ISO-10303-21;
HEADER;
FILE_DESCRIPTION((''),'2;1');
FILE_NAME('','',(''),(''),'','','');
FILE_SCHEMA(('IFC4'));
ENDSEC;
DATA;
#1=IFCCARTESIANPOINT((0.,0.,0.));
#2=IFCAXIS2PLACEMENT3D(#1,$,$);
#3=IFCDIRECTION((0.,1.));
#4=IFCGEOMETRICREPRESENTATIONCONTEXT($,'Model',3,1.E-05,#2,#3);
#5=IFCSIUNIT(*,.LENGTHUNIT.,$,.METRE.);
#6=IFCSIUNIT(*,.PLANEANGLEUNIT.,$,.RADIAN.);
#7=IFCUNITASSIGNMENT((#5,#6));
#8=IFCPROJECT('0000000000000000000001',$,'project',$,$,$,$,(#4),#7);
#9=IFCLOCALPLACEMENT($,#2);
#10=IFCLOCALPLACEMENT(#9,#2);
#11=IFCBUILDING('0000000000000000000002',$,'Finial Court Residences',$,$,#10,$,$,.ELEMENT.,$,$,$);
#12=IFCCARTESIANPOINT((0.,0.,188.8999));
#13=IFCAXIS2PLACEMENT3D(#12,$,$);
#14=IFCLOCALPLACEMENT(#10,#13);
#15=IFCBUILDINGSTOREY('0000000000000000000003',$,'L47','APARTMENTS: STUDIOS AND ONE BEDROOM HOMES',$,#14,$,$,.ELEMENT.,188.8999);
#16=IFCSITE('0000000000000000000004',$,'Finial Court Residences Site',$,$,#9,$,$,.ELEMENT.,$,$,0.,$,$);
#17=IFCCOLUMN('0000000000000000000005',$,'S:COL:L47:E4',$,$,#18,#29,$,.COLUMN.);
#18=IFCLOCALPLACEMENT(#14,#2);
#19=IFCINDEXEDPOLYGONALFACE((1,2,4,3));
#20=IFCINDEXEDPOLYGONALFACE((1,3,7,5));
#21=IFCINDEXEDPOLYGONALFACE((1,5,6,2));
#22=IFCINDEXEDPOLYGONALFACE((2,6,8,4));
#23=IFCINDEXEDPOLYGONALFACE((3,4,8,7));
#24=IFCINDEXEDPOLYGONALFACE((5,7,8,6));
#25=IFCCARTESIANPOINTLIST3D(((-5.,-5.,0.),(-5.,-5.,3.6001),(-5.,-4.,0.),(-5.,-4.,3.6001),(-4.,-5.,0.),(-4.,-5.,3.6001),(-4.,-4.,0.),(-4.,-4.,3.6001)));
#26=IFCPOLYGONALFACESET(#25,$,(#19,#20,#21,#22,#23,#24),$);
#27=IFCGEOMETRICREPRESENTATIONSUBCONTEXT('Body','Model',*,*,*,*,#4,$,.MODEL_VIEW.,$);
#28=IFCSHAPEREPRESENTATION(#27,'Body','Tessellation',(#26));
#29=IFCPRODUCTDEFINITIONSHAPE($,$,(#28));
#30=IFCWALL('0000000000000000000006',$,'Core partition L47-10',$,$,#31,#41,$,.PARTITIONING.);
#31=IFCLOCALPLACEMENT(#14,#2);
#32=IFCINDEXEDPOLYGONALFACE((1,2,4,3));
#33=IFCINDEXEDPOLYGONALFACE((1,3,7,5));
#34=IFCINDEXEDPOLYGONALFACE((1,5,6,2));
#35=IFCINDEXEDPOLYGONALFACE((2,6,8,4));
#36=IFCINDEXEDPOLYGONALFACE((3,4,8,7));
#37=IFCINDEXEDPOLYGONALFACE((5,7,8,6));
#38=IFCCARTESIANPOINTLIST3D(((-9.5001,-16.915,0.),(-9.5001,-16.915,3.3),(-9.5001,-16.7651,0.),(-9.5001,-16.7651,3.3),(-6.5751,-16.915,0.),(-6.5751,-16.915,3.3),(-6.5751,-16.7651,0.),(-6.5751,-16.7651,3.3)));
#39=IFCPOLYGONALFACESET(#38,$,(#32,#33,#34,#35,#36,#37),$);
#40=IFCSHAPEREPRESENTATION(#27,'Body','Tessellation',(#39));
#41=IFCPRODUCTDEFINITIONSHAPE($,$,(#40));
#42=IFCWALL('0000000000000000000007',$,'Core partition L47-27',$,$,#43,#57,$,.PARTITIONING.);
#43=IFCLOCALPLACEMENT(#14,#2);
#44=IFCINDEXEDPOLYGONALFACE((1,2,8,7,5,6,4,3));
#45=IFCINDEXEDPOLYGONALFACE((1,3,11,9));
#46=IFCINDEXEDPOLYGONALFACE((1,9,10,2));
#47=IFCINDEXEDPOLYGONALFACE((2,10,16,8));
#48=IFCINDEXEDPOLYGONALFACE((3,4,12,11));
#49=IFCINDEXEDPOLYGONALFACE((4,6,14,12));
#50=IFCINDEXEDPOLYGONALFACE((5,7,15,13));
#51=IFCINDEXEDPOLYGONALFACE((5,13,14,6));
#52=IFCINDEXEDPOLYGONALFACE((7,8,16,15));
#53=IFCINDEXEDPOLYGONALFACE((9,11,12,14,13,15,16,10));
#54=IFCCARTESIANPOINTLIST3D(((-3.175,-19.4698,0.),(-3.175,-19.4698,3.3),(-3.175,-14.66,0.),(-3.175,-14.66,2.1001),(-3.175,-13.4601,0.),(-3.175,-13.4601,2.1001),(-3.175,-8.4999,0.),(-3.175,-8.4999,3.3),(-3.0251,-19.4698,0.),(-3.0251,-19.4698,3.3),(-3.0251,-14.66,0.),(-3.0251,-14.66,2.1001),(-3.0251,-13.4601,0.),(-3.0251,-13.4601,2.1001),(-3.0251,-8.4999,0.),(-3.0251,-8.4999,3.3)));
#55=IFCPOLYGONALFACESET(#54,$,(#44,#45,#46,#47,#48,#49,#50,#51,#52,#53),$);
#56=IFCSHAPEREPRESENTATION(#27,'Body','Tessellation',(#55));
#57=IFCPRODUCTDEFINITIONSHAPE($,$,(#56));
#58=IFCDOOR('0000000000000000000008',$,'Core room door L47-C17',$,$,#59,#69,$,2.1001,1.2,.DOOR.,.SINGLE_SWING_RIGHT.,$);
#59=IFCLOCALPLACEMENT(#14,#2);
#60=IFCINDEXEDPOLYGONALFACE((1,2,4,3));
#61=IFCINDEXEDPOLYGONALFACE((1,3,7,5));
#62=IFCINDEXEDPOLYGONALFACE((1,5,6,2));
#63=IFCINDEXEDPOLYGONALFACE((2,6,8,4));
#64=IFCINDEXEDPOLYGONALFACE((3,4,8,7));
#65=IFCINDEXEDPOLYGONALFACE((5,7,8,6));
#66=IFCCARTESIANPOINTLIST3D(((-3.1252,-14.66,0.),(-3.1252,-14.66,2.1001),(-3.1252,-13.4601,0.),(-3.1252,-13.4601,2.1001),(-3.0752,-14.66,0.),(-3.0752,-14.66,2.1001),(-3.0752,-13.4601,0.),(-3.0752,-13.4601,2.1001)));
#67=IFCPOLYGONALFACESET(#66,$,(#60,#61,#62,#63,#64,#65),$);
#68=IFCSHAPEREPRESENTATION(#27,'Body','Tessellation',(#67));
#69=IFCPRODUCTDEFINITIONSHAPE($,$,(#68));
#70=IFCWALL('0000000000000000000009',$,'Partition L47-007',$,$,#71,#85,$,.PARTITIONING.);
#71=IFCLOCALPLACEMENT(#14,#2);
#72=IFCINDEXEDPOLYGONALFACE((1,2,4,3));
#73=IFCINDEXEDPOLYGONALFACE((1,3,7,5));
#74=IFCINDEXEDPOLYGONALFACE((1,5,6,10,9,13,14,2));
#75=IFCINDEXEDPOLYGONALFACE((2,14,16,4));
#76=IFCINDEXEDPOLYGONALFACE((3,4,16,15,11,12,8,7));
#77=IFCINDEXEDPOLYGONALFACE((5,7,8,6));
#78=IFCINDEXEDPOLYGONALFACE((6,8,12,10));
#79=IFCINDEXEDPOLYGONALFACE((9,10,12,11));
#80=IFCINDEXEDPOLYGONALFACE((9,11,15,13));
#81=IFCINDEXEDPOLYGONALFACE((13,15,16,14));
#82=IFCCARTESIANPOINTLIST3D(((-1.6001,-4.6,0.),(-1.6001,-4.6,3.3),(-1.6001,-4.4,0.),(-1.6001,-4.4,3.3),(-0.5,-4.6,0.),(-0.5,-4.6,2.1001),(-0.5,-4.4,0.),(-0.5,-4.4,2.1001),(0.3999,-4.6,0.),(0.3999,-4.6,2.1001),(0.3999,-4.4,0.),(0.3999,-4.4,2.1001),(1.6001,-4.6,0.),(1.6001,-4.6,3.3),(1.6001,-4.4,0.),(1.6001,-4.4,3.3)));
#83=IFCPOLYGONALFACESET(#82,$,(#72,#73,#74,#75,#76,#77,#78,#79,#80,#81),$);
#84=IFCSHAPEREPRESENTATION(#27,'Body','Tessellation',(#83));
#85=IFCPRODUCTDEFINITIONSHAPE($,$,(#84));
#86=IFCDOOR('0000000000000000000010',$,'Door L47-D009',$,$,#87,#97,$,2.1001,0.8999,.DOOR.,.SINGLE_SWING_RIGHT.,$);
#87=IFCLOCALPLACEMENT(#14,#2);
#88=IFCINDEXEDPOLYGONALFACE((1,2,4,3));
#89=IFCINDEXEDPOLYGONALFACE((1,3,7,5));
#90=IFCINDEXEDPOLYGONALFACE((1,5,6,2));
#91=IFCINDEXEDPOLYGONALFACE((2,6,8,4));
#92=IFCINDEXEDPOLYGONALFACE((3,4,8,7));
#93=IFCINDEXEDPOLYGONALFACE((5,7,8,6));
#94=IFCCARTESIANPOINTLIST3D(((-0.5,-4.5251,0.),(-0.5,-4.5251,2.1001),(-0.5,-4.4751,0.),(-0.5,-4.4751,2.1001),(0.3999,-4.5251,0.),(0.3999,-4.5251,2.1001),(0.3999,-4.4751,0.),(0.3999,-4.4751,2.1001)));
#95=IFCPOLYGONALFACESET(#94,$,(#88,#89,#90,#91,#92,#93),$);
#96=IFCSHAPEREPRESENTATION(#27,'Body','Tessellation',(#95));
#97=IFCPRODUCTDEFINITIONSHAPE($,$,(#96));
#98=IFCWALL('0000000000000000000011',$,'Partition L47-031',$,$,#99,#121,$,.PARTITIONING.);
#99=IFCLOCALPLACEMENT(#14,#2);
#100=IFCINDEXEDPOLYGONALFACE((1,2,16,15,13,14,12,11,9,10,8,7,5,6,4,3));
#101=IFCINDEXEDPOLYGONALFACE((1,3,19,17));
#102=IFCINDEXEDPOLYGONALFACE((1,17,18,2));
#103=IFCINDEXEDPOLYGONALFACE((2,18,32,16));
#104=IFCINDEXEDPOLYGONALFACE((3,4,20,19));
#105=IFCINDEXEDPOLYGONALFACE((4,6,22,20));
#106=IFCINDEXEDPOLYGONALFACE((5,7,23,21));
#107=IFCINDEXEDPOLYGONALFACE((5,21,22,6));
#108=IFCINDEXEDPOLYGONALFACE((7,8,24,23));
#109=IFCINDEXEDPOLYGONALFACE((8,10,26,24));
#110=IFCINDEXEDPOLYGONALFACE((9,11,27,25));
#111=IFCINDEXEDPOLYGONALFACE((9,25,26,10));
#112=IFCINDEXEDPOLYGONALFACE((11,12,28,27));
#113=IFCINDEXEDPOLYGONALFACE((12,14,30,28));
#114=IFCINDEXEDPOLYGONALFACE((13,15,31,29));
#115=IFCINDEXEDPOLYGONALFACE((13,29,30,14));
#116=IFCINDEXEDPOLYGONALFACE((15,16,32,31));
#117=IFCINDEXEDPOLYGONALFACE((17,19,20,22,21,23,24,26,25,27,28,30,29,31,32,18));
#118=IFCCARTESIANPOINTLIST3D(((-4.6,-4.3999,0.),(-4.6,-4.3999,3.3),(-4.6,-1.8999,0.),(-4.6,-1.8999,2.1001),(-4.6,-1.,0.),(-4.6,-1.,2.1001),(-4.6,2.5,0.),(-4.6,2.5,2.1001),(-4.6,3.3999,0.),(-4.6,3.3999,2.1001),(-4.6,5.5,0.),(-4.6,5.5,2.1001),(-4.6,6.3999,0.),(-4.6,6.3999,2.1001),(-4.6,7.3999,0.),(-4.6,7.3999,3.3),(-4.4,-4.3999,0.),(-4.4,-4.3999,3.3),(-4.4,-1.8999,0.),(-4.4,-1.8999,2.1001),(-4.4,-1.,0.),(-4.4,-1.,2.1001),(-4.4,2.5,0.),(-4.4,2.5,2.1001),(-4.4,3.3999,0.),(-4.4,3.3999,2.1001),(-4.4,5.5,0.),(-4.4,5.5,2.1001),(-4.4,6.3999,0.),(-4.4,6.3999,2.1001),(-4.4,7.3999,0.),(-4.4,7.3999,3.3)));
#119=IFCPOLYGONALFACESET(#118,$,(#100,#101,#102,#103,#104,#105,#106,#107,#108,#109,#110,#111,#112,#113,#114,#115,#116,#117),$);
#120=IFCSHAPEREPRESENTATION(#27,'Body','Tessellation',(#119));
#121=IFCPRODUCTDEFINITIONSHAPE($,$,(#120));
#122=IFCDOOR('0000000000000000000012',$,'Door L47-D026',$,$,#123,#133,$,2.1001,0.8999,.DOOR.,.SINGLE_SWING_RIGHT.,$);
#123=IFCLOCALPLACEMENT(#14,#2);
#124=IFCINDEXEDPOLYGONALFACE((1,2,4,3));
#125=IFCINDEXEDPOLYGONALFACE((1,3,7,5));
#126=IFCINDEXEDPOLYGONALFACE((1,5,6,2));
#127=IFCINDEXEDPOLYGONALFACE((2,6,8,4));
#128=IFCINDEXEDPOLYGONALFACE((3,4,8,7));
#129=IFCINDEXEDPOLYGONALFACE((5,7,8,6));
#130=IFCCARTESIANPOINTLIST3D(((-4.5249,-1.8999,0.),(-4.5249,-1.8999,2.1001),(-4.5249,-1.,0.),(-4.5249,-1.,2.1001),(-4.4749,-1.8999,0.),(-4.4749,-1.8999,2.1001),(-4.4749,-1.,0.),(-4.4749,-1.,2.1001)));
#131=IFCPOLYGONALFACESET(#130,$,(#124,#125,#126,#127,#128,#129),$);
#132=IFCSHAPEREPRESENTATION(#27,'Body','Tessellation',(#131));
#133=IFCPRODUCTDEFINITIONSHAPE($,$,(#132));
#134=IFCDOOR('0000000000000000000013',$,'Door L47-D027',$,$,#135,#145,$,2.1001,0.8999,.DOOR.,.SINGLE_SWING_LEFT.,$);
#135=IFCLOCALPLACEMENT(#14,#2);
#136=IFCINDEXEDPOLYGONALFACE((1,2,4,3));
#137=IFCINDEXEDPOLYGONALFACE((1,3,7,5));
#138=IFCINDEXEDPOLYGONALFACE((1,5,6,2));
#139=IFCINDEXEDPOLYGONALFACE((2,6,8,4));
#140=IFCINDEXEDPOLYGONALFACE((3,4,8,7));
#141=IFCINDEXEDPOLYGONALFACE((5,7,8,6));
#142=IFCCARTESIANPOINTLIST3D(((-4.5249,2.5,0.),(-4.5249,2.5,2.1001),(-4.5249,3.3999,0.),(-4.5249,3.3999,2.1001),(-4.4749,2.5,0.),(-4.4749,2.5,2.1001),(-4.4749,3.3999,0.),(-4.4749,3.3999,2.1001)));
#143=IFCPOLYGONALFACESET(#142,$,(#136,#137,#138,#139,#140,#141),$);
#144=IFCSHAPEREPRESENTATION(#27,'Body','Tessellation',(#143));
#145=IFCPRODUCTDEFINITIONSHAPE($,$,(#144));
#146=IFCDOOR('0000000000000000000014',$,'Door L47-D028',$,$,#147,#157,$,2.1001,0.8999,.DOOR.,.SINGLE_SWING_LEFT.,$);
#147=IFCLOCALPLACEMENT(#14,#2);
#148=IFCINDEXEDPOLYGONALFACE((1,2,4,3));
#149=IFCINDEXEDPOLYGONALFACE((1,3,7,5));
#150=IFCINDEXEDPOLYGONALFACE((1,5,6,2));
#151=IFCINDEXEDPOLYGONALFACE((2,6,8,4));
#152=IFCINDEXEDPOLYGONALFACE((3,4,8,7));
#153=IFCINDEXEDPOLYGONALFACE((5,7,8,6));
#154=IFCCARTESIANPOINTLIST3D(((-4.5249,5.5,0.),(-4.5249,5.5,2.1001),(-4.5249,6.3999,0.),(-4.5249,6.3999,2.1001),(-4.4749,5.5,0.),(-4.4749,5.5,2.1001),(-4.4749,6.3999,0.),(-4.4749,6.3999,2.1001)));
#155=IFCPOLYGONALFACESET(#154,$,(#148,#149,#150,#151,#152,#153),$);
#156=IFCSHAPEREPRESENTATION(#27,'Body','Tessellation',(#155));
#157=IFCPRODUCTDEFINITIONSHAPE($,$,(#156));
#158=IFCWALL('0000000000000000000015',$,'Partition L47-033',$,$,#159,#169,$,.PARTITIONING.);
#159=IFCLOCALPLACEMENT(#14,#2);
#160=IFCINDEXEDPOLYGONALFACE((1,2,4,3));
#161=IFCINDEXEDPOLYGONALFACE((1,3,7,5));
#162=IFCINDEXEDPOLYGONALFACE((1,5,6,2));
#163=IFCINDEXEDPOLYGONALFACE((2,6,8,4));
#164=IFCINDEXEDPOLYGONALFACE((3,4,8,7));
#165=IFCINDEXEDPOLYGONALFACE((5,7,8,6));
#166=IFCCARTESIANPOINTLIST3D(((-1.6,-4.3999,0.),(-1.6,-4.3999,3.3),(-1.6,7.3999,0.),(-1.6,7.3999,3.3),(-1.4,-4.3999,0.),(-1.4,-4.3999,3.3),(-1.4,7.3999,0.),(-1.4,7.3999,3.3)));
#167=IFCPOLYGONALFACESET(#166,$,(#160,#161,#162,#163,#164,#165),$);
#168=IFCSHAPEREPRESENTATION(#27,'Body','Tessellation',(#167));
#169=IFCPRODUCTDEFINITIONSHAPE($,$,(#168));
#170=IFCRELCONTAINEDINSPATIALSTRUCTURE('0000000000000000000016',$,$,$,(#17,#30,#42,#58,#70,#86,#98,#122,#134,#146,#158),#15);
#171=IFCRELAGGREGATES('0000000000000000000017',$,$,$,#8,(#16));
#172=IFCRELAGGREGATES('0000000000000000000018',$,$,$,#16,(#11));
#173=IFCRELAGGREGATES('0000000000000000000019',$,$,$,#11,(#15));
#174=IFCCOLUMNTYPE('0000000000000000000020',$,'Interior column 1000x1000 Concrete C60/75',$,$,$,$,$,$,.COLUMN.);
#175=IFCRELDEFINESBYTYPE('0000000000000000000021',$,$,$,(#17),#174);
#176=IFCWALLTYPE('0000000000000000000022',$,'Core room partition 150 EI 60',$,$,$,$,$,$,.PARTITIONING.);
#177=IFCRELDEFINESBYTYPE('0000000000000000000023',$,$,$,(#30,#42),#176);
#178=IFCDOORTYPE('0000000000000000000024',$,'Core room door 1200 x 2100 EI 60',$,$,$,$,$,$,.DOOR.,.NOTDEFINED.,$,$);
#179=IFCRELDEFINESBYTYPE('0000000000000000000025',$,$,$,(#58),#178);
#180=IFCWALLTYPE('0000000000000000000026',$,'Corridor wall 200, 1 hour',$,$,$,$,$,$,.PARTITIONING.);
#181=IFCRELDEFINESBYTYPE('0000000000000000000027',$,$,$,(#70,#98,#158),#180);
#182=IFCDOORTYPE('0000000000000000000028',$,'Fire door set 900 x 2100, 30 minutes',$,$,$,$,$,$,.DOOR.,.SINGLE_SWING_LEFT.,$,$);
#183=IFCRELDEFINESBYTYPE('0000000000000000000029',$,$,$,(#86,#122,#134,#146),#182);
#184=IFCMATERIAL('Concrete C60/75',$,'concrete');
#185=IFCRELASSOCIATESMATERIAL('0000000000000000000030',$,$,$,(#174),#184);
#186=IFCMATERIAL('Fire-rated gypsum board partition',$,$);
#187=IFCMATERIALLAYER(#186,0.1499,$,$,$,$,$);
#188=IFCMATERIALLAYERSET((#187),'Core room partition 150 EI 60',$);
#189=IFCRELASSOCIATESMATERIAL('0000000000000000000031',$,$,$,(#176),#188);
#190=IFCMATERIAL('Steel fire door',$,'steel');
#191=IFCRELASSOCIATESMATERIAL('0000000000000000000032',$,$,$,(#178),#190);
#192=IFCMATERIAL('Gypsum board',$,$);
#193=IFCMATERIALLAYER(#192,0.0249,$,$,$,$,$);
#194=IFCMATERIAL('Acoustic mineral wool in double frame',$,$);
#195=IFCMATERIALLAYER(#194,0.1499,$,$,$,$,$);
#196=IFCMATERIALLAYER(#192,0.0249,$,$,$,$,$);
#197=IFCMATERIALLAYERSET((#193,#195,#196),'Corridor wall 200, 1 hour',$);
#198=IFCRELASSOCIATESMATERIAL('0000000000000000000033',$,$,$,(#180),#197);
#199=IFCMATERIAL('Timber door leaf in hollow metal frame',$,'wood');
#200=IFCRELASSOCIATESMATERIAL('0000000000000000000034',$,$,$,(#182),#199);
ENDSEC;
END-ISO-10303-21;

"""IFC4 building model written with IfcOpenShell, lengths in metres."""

from ifc_helpers import new_model, si_unit, direction, frame, frame_2d, origin, origin_2d, place, context, subcontext, project, spatial, rectangle, extrude, material, layer, layer_set, material_profile, profile_set, type_object, element, fill, save


model = new_model("IFC4")

# Units and contexts
model_context = context("Model", 3, precision=1e-05, world=origin(), true_north=direction((0.0, 1.0)))
body_context = subcontext(model_context, "Body", "Model", "MODEL_VIEW")
ifc_project = project(units=[si_unit("LENGTHUNIT", "METRE"), si_unit("PLANEANGLEUNIT", "RADIAN")], contexts=[model_context])

# Site, building, storey
site_placement = place(None, origin())
site = spatial("IfcSite", under=ifc_project, at=site_placement, Name="Finial Court Residences Site", CompositionType="ELEMENT", RefElevation=0.0)
building_placement = place(site_placement, origin())
building = spatial("IfcBuilding", under=site, at=building_placement, Name="Finial Court Residences", CompositionType="ELEMENT")
storey_placement = place(building_placement, frame((0.0, 0.0, 188.8999)))
storey = spatial("IfcBuildingStorey", under=building, at=storey_placement, Name="L47", Description="APARTMENTS: STUDIOS AND ONE BEDROOM HOMES", CompositionType="ELEMENT", Elevation=188.8999)

# Column
ifc_material_1 = material(Name="Concrete C60/75", Category="concrete")
ifc_material_profile = material_profile(ifc_material_1, rectangle(XDim=1.0, YDim=1.0, at=origin_2d()), Name="1000x1000")
ifc_profile_set = profile_set([ifc_material_profile], Name="Concrete C60/75")
column_type = type_object("IfcColumnType", Name="Interior column 1000x1000 Concrete C60/75", PredefinedType="COLUMN", material=ifc_profile_set)
column_placement = place(storey_placement, frame((-4.5, -4.5, 0.0), z_axis=(0.0, 0.0, 1.0), x_axis=(1.0, 0.0, 0.0)))
element("IfcColumn", 1, at=column_placement, inside=storey, type_object=column_type, Name="S:COL:L47:E4", PredefinedType="COLUMN", context=body_context, shape_type="SweptSolid", body=[
    extrude(rectangle(XDim=1.0, YDim=1.0, at=origin_2d()), origin(), (0.0, 0.0, 1.0), 3.6001),
])

# Wall
ifc_material_2 = material(Name="Fire-rated gypsum board partition")
ifc_layer_1 = layer(ifc_material_2, 0.1499)
ifc_layer_set_1 = layer_set([ifc_layer_1], Name="Core room partition 150 EI 60")
wall_type_1 = type_object("IfcWallType", Name="Core room partition 150 EI 60", PredefinedType="PARTITIONING", material=ifc_layer_set_1)
wall_1_placement = place(storey_placement, frame((-9.5, -16.8401, 0.0), z_axis=(0.0, 0.0, 1.0), x_axis=(1.0, 0.0, 0.0)))
element("IfcWall", 2, at=wall_1_placement, inside=storey, type_object=wall_type_1, Name="Core partition L47-10", PredefinedType="PARTITIONING", context=body_context, shape_type="SweptSolid", body=[
    extrude(rectangle(XDim=2.925, YDim=0.1499, at=frame_2d((1.4624, 0.0))), origin(), (0.0, 0.0, 1.0), 3.3),
])

# Walls, openings, doors
wall_2_placement = place(storey_placement, frame((-3.1001, -8.5, 0.0), z_axis=(0.0, 0.0, 1.0), x_axis=(0.0, -1.0, 0.0)))
wall_2 = element("IfcWall", 3, at=wall_2_placement, inside=storey, type_object=wall_type_1, Name="Core partition L47-27", PredefinedType="PARTITIONING", context=body_context, shape_type="SweptSolid", body=[
    extrude(rectangle(XDim=10.97, YDim=0.1499, at=frame_2d((5.4849, 0.0))), origin(), (0.0, 0.0, 1.0), 3.3),
])
opening_1_placement = place(wall_2_placement, frame((4.96, 0.0, 0.0)))
opening_1 = element("IfcOpeningElement", 4, at=opening_1_placement, cuts=wall_2, PredefinedType="OPENING", context=body_context, shape_type="SweptSolid", body=[
    extrude(rectangle(XDim=1.2, YDim=2.1001, at=frame_2d((0.6001, 1.05))), frame((0.0, 0.085, 0.0), z_axis=(0.0, -1.0, 0.0), x_axis=(1.0, 0.0, 0.0)), (0.0, 0.0, 1.0), 0.1699),
])
ifc_material_3 = material(Name="Steel fire door", Category="steel")
door_type_1 = type_object("IfcDoorType", Name="Core room door 1200 x 2100 EI 60", OperationType="NOTDEFINED", PredefinedType="DOOR", material=ifc_material_3)
door_1_placement = place(opening_1_placement, origin())
door_1 = element("IfcDoor", 5, at=door_1_placement, inside=storey, type_object=door_type_1, Name="Core room door L47-C17", OperationType="SINGLE_SWING_RIGHT", OverallHeight=2.1001, OverallWidth=1.2, PredefinedType="DOOR", context=body_context, shape_type="SweptSolid", body=[
    extrude(rectangle(XDim=1.2, YDim=2.1001, at=frame_2d((0.6001, 1.05))), frame((0.0, 0.0249, 0.0), z_axis=(0.0, -1.0, 0.0), x_axis=(1.0, 0.0, 0.0)), (0.0, 0.0, 1.0), 0.05),
])
fill(opening_1, door_1)
ifc_material_4 = material(Name="Gypsum board")
ifc_layer_2 = layer(ifc_material_4, 0.0249)
ifc_material_5 = material(Name="Acoustic mineral wool in double frame")
ifc_layer_3 = layer(ifc_material_5, 0.1499)
ifc_layer_4 = layer(ifc_material_4, 0.0249)
ifc_layer_set_2 = layer_set([ifc_layer_2, ifc_layer_3, ifc_layer_4], Name="Corridor wall 200, 1 hour")
wall_type_2 = type_object("IfcWallType", Name="Corridor wall 200, 1 hour", PredefinedType="PARTITIONING", material=ifc_layer_set_2)
wall_3_placement = place(storey_placement, frame((-1.6001, -4.5, 0.0), z_axis=(0.0, 0.0, 1.0), x_axis=(1.0, 0.0, 0.0)))
wall_3 = element("IfcWall", 6, at=wall_3_placement, inside=storey, type_object=wall_type_2, Name="Partition L47-007", PredefinedType="PARTITIONING", context=body_context, shape_type="SweptSolid", body=[
    extrude(rectangle(XDim=3.2002, YDim=0.2, at=frame_2d((1.6001, 0.0))), origin(), (0.0, 0.0, 1.0), 3.3),
])
opening_2_placement = place(wall_3_placement, frame((1.1001, 0.0, 0.0)))
opening_2 = element("IfcOpeningElement", 7, at=opening_2_placement, cuts=wall_3, PredefinedType="OPENING", context=body_context, shape_type="SweptSolid", body=[
    extrude(rectangle(XDim=0.8999, YDim=2.1001, at=frame_2d((0.45, 1.05))), frame((0.0, 0.1099, 0.0), z_axis=(0.0, -1.0, 0.0), x_axis=(1.0, 0.0, 0.0)), (0.0, 0.0, 1.0), 0.22),
])
ifc_material_6 = material(Name="Timber door leaf in hollow metal frame", Category="wood")
door_type_2 = type_object("IfcDoorType", Name="Fire door set 900 x 2100, 30 minutes", OperationType="SINGLE_SWING_LEFT", PredefinedType="DOOR", material=ifc_material_6)
door_2_placement = place(opening_2_placement, origin())
door_2 = element("IfcDoor", 8, at=door_2_placement, inside=storey, type_object=door_type_2, Name="Door L47-D009", OperationType="SINGLE_SWING_RIGHT", OverallHeight=2.1001, OverallWidth=0.8999, PredefinedType="DOOR", context=body_context, shape_type="SweptSolid", body=[
    extrude(rectangle(XDim=0.8999, YDim=2.1001, at=frame_2d((0.45, 1.05))), frame((0.0, 0.0249, 0.0), z_axis=(0.0, -1.0, 0.0), x_axis=(1.0, 0.0, 0.0)), (0.0, 0.0, 1.0), 0.05),
])
fill(opening_2, door_2)

# Wall, openings, doors
wall_4_placement = place(storey_placement, frame((-4.5, -4.3999, 0.0), z_axis=(0.0, 0.0, 1.0), x_axis=(0.0, 1.0, 0.0)))
wall_4 = element("IfcWall", 9, at=wall_4_placement, inside=storey, type_object=wall_type_2, Name="Partition L47-031", PredefinedType="PARTITIONING", context=body_context, shape_type="SweptSolid", body=[
    extrude(rectangle(XDim=11.7998, YDim=0.2, at=frame_2d((5.8999, 0.0))), origin(), (0.0, 0.0, 1.0), 3.3),
])
opening_3_placement = place(wall_4_placement, frame((2.5, 0.0, 0.0)))
opening_3 = element("IfcOpeningElement", 10, at=opening_3_placement, cuts=wall_4, PredefinedType="OPENING", context=body_context, shape_type="SweptSolid", body=[
    extrude(rectangle(XDim=0.8999, YDim=2.1001, at=frame_2d((0.45, 1.05))), frame((0.0, 0.1099, 0.0), z_axis=(0.0, -1.0, 0.0), x_axis=(1.0, 0.0, 0.0)), (0.0, 0.0, 1.0), 0.22),
])
opening_4_placement = place(wall_4_placement, frame((6.8999, 0.0, 0.0)))
opening_4 = element("IfcOpeningElement", 11, at=opening_4_placement, cuts=wall_4, PredefinedType="OPENING", context=body_context, shape_type="SweptSolid", body=[
    extrude(rectangle(XDim=0.8999, YDim=2.1001, at=frame_2d((0.45, 1.05))), frame((0.0, 0.1099, 0.0), z_axis=(0.0, -1.0, 0.0), x_axis=(1.0, 0.0, 0.0)), (0.0, 0.0, 1.0), 0.22),
])
opening_5_placement = place(wall_4_placement, frame((9.8999, 0.0, 0.0)))
opening_5 = element("IfcOpeningElement", 12, at=opening_5_placement, cuts=wall_4, PredefinedType="OPENING", context=body_context, shape_type="SweptSolid", body=[
    extrude(rectangle(XDim=0.8999, YDim=2.1001, at=frame_2d((0.45, 1.05))), frame((0.0, 0.1099, 0.0), z_axis=(0.0, -1.0, 0.0), x_axis=(1.0, 0.0, 0.0)), (0.0, 0.0, 1.0), 0.22),
])
door_3_placement = place(opening_3_placement, origin())
door_3 = element("IfcDoor", 13, at=door_3_placement, inside=storey, type_object=door_type_2, Name="Door L47-D026", OperationType="SINGLE_SWING_RIGHT", OverallHeight=2.1001, OverallWidth=0.8999, PredefinedType="DOOR", context=body_context, shape_type="SweptSolid", body=[
    extrude(rectangle(XDim=0.8999, YDim=2.1001, at=frame_2d((0.45, 1.05))), frame((0.0, 0.0249, 0.0), z_axis=(0.0, -1.0, 0.0), x_axis=(1.0, 0.0, 0.0)), (0.0, 0.0, 1.0), 0.05),
])
fill(opening_3, door_3)
door_4_placement = place(opening_4_placement, origin())
door_4 = element("IfcDoor", 14, at=door_4_placement, inside=storey, type_object=door_type_2, Name="Door L47-D027", OperationType="SINGLE_SWING_LEFT", OverallHeight=2.1001, OverallWidth=0.8999, PredefinedType="DOOR", context=body_context, shape_type="SweptSolid", body=[
    extrude(rectangle(XDim=0.8999, YDim=2.1001, at=frame_2d((0.45, 1.05))), frame((0.0, 0.0249, 0.0), z_axis=(0.0, -1.0, 0.0), x_axis=(1.0, 0.0, 0.0)), (0.0, 0.0, 1.0), 0.05),
])
fill(opening_4, door_4)
door_5_placement = place(opening_5_placement, origin())
door_5 = element("IfcDoor", 15, at=door_5_placement, inside=storey, type_object=door_type_2, Name="Door L47-D028", OperationType="SINGLE_SWING_LEFT", OverallHeight=2.1001, OverallWidth=0.8999, PredefinedType="DOOR", context=body_context, shape_type="SweptSolid", body=[
    extrude(rectangle(XDim=0.8999, YDim=2.1001, at=frame_2d((0.45, 1.05))), frame((0.0, 0.0249, 0.0), z_axis=(0.0, -1.0, 0.0), x_axis=(1.0, 0.0, 0.0)), (0.0, 0.0, 1.0), 0.05),
])
fill(opening_5, door_5)

# Wall
wall_5_placement = place(storey_placement, frame((-1.5, -4.3999, 0.0), z_axis=(0.0, 0.0, 1.0), x_axis=(0.0, 1.0, 0.0)))
element("IfcWall", 16, at=wall_5_placement, inside=storey, type_object=wall_type_2, Name="Partition L47-033", PredefinedType="PARTITIONING", context=body_context, shape_type="SweptSolid", body=[
    extrude(rectangle(XDim=11.7998, YDim=0.2, at=frame_2d((5.8999, 0.0))), origin(), (0.0, 0.0, 1.0), 3.3),
])

save(model, "model.ifc")
